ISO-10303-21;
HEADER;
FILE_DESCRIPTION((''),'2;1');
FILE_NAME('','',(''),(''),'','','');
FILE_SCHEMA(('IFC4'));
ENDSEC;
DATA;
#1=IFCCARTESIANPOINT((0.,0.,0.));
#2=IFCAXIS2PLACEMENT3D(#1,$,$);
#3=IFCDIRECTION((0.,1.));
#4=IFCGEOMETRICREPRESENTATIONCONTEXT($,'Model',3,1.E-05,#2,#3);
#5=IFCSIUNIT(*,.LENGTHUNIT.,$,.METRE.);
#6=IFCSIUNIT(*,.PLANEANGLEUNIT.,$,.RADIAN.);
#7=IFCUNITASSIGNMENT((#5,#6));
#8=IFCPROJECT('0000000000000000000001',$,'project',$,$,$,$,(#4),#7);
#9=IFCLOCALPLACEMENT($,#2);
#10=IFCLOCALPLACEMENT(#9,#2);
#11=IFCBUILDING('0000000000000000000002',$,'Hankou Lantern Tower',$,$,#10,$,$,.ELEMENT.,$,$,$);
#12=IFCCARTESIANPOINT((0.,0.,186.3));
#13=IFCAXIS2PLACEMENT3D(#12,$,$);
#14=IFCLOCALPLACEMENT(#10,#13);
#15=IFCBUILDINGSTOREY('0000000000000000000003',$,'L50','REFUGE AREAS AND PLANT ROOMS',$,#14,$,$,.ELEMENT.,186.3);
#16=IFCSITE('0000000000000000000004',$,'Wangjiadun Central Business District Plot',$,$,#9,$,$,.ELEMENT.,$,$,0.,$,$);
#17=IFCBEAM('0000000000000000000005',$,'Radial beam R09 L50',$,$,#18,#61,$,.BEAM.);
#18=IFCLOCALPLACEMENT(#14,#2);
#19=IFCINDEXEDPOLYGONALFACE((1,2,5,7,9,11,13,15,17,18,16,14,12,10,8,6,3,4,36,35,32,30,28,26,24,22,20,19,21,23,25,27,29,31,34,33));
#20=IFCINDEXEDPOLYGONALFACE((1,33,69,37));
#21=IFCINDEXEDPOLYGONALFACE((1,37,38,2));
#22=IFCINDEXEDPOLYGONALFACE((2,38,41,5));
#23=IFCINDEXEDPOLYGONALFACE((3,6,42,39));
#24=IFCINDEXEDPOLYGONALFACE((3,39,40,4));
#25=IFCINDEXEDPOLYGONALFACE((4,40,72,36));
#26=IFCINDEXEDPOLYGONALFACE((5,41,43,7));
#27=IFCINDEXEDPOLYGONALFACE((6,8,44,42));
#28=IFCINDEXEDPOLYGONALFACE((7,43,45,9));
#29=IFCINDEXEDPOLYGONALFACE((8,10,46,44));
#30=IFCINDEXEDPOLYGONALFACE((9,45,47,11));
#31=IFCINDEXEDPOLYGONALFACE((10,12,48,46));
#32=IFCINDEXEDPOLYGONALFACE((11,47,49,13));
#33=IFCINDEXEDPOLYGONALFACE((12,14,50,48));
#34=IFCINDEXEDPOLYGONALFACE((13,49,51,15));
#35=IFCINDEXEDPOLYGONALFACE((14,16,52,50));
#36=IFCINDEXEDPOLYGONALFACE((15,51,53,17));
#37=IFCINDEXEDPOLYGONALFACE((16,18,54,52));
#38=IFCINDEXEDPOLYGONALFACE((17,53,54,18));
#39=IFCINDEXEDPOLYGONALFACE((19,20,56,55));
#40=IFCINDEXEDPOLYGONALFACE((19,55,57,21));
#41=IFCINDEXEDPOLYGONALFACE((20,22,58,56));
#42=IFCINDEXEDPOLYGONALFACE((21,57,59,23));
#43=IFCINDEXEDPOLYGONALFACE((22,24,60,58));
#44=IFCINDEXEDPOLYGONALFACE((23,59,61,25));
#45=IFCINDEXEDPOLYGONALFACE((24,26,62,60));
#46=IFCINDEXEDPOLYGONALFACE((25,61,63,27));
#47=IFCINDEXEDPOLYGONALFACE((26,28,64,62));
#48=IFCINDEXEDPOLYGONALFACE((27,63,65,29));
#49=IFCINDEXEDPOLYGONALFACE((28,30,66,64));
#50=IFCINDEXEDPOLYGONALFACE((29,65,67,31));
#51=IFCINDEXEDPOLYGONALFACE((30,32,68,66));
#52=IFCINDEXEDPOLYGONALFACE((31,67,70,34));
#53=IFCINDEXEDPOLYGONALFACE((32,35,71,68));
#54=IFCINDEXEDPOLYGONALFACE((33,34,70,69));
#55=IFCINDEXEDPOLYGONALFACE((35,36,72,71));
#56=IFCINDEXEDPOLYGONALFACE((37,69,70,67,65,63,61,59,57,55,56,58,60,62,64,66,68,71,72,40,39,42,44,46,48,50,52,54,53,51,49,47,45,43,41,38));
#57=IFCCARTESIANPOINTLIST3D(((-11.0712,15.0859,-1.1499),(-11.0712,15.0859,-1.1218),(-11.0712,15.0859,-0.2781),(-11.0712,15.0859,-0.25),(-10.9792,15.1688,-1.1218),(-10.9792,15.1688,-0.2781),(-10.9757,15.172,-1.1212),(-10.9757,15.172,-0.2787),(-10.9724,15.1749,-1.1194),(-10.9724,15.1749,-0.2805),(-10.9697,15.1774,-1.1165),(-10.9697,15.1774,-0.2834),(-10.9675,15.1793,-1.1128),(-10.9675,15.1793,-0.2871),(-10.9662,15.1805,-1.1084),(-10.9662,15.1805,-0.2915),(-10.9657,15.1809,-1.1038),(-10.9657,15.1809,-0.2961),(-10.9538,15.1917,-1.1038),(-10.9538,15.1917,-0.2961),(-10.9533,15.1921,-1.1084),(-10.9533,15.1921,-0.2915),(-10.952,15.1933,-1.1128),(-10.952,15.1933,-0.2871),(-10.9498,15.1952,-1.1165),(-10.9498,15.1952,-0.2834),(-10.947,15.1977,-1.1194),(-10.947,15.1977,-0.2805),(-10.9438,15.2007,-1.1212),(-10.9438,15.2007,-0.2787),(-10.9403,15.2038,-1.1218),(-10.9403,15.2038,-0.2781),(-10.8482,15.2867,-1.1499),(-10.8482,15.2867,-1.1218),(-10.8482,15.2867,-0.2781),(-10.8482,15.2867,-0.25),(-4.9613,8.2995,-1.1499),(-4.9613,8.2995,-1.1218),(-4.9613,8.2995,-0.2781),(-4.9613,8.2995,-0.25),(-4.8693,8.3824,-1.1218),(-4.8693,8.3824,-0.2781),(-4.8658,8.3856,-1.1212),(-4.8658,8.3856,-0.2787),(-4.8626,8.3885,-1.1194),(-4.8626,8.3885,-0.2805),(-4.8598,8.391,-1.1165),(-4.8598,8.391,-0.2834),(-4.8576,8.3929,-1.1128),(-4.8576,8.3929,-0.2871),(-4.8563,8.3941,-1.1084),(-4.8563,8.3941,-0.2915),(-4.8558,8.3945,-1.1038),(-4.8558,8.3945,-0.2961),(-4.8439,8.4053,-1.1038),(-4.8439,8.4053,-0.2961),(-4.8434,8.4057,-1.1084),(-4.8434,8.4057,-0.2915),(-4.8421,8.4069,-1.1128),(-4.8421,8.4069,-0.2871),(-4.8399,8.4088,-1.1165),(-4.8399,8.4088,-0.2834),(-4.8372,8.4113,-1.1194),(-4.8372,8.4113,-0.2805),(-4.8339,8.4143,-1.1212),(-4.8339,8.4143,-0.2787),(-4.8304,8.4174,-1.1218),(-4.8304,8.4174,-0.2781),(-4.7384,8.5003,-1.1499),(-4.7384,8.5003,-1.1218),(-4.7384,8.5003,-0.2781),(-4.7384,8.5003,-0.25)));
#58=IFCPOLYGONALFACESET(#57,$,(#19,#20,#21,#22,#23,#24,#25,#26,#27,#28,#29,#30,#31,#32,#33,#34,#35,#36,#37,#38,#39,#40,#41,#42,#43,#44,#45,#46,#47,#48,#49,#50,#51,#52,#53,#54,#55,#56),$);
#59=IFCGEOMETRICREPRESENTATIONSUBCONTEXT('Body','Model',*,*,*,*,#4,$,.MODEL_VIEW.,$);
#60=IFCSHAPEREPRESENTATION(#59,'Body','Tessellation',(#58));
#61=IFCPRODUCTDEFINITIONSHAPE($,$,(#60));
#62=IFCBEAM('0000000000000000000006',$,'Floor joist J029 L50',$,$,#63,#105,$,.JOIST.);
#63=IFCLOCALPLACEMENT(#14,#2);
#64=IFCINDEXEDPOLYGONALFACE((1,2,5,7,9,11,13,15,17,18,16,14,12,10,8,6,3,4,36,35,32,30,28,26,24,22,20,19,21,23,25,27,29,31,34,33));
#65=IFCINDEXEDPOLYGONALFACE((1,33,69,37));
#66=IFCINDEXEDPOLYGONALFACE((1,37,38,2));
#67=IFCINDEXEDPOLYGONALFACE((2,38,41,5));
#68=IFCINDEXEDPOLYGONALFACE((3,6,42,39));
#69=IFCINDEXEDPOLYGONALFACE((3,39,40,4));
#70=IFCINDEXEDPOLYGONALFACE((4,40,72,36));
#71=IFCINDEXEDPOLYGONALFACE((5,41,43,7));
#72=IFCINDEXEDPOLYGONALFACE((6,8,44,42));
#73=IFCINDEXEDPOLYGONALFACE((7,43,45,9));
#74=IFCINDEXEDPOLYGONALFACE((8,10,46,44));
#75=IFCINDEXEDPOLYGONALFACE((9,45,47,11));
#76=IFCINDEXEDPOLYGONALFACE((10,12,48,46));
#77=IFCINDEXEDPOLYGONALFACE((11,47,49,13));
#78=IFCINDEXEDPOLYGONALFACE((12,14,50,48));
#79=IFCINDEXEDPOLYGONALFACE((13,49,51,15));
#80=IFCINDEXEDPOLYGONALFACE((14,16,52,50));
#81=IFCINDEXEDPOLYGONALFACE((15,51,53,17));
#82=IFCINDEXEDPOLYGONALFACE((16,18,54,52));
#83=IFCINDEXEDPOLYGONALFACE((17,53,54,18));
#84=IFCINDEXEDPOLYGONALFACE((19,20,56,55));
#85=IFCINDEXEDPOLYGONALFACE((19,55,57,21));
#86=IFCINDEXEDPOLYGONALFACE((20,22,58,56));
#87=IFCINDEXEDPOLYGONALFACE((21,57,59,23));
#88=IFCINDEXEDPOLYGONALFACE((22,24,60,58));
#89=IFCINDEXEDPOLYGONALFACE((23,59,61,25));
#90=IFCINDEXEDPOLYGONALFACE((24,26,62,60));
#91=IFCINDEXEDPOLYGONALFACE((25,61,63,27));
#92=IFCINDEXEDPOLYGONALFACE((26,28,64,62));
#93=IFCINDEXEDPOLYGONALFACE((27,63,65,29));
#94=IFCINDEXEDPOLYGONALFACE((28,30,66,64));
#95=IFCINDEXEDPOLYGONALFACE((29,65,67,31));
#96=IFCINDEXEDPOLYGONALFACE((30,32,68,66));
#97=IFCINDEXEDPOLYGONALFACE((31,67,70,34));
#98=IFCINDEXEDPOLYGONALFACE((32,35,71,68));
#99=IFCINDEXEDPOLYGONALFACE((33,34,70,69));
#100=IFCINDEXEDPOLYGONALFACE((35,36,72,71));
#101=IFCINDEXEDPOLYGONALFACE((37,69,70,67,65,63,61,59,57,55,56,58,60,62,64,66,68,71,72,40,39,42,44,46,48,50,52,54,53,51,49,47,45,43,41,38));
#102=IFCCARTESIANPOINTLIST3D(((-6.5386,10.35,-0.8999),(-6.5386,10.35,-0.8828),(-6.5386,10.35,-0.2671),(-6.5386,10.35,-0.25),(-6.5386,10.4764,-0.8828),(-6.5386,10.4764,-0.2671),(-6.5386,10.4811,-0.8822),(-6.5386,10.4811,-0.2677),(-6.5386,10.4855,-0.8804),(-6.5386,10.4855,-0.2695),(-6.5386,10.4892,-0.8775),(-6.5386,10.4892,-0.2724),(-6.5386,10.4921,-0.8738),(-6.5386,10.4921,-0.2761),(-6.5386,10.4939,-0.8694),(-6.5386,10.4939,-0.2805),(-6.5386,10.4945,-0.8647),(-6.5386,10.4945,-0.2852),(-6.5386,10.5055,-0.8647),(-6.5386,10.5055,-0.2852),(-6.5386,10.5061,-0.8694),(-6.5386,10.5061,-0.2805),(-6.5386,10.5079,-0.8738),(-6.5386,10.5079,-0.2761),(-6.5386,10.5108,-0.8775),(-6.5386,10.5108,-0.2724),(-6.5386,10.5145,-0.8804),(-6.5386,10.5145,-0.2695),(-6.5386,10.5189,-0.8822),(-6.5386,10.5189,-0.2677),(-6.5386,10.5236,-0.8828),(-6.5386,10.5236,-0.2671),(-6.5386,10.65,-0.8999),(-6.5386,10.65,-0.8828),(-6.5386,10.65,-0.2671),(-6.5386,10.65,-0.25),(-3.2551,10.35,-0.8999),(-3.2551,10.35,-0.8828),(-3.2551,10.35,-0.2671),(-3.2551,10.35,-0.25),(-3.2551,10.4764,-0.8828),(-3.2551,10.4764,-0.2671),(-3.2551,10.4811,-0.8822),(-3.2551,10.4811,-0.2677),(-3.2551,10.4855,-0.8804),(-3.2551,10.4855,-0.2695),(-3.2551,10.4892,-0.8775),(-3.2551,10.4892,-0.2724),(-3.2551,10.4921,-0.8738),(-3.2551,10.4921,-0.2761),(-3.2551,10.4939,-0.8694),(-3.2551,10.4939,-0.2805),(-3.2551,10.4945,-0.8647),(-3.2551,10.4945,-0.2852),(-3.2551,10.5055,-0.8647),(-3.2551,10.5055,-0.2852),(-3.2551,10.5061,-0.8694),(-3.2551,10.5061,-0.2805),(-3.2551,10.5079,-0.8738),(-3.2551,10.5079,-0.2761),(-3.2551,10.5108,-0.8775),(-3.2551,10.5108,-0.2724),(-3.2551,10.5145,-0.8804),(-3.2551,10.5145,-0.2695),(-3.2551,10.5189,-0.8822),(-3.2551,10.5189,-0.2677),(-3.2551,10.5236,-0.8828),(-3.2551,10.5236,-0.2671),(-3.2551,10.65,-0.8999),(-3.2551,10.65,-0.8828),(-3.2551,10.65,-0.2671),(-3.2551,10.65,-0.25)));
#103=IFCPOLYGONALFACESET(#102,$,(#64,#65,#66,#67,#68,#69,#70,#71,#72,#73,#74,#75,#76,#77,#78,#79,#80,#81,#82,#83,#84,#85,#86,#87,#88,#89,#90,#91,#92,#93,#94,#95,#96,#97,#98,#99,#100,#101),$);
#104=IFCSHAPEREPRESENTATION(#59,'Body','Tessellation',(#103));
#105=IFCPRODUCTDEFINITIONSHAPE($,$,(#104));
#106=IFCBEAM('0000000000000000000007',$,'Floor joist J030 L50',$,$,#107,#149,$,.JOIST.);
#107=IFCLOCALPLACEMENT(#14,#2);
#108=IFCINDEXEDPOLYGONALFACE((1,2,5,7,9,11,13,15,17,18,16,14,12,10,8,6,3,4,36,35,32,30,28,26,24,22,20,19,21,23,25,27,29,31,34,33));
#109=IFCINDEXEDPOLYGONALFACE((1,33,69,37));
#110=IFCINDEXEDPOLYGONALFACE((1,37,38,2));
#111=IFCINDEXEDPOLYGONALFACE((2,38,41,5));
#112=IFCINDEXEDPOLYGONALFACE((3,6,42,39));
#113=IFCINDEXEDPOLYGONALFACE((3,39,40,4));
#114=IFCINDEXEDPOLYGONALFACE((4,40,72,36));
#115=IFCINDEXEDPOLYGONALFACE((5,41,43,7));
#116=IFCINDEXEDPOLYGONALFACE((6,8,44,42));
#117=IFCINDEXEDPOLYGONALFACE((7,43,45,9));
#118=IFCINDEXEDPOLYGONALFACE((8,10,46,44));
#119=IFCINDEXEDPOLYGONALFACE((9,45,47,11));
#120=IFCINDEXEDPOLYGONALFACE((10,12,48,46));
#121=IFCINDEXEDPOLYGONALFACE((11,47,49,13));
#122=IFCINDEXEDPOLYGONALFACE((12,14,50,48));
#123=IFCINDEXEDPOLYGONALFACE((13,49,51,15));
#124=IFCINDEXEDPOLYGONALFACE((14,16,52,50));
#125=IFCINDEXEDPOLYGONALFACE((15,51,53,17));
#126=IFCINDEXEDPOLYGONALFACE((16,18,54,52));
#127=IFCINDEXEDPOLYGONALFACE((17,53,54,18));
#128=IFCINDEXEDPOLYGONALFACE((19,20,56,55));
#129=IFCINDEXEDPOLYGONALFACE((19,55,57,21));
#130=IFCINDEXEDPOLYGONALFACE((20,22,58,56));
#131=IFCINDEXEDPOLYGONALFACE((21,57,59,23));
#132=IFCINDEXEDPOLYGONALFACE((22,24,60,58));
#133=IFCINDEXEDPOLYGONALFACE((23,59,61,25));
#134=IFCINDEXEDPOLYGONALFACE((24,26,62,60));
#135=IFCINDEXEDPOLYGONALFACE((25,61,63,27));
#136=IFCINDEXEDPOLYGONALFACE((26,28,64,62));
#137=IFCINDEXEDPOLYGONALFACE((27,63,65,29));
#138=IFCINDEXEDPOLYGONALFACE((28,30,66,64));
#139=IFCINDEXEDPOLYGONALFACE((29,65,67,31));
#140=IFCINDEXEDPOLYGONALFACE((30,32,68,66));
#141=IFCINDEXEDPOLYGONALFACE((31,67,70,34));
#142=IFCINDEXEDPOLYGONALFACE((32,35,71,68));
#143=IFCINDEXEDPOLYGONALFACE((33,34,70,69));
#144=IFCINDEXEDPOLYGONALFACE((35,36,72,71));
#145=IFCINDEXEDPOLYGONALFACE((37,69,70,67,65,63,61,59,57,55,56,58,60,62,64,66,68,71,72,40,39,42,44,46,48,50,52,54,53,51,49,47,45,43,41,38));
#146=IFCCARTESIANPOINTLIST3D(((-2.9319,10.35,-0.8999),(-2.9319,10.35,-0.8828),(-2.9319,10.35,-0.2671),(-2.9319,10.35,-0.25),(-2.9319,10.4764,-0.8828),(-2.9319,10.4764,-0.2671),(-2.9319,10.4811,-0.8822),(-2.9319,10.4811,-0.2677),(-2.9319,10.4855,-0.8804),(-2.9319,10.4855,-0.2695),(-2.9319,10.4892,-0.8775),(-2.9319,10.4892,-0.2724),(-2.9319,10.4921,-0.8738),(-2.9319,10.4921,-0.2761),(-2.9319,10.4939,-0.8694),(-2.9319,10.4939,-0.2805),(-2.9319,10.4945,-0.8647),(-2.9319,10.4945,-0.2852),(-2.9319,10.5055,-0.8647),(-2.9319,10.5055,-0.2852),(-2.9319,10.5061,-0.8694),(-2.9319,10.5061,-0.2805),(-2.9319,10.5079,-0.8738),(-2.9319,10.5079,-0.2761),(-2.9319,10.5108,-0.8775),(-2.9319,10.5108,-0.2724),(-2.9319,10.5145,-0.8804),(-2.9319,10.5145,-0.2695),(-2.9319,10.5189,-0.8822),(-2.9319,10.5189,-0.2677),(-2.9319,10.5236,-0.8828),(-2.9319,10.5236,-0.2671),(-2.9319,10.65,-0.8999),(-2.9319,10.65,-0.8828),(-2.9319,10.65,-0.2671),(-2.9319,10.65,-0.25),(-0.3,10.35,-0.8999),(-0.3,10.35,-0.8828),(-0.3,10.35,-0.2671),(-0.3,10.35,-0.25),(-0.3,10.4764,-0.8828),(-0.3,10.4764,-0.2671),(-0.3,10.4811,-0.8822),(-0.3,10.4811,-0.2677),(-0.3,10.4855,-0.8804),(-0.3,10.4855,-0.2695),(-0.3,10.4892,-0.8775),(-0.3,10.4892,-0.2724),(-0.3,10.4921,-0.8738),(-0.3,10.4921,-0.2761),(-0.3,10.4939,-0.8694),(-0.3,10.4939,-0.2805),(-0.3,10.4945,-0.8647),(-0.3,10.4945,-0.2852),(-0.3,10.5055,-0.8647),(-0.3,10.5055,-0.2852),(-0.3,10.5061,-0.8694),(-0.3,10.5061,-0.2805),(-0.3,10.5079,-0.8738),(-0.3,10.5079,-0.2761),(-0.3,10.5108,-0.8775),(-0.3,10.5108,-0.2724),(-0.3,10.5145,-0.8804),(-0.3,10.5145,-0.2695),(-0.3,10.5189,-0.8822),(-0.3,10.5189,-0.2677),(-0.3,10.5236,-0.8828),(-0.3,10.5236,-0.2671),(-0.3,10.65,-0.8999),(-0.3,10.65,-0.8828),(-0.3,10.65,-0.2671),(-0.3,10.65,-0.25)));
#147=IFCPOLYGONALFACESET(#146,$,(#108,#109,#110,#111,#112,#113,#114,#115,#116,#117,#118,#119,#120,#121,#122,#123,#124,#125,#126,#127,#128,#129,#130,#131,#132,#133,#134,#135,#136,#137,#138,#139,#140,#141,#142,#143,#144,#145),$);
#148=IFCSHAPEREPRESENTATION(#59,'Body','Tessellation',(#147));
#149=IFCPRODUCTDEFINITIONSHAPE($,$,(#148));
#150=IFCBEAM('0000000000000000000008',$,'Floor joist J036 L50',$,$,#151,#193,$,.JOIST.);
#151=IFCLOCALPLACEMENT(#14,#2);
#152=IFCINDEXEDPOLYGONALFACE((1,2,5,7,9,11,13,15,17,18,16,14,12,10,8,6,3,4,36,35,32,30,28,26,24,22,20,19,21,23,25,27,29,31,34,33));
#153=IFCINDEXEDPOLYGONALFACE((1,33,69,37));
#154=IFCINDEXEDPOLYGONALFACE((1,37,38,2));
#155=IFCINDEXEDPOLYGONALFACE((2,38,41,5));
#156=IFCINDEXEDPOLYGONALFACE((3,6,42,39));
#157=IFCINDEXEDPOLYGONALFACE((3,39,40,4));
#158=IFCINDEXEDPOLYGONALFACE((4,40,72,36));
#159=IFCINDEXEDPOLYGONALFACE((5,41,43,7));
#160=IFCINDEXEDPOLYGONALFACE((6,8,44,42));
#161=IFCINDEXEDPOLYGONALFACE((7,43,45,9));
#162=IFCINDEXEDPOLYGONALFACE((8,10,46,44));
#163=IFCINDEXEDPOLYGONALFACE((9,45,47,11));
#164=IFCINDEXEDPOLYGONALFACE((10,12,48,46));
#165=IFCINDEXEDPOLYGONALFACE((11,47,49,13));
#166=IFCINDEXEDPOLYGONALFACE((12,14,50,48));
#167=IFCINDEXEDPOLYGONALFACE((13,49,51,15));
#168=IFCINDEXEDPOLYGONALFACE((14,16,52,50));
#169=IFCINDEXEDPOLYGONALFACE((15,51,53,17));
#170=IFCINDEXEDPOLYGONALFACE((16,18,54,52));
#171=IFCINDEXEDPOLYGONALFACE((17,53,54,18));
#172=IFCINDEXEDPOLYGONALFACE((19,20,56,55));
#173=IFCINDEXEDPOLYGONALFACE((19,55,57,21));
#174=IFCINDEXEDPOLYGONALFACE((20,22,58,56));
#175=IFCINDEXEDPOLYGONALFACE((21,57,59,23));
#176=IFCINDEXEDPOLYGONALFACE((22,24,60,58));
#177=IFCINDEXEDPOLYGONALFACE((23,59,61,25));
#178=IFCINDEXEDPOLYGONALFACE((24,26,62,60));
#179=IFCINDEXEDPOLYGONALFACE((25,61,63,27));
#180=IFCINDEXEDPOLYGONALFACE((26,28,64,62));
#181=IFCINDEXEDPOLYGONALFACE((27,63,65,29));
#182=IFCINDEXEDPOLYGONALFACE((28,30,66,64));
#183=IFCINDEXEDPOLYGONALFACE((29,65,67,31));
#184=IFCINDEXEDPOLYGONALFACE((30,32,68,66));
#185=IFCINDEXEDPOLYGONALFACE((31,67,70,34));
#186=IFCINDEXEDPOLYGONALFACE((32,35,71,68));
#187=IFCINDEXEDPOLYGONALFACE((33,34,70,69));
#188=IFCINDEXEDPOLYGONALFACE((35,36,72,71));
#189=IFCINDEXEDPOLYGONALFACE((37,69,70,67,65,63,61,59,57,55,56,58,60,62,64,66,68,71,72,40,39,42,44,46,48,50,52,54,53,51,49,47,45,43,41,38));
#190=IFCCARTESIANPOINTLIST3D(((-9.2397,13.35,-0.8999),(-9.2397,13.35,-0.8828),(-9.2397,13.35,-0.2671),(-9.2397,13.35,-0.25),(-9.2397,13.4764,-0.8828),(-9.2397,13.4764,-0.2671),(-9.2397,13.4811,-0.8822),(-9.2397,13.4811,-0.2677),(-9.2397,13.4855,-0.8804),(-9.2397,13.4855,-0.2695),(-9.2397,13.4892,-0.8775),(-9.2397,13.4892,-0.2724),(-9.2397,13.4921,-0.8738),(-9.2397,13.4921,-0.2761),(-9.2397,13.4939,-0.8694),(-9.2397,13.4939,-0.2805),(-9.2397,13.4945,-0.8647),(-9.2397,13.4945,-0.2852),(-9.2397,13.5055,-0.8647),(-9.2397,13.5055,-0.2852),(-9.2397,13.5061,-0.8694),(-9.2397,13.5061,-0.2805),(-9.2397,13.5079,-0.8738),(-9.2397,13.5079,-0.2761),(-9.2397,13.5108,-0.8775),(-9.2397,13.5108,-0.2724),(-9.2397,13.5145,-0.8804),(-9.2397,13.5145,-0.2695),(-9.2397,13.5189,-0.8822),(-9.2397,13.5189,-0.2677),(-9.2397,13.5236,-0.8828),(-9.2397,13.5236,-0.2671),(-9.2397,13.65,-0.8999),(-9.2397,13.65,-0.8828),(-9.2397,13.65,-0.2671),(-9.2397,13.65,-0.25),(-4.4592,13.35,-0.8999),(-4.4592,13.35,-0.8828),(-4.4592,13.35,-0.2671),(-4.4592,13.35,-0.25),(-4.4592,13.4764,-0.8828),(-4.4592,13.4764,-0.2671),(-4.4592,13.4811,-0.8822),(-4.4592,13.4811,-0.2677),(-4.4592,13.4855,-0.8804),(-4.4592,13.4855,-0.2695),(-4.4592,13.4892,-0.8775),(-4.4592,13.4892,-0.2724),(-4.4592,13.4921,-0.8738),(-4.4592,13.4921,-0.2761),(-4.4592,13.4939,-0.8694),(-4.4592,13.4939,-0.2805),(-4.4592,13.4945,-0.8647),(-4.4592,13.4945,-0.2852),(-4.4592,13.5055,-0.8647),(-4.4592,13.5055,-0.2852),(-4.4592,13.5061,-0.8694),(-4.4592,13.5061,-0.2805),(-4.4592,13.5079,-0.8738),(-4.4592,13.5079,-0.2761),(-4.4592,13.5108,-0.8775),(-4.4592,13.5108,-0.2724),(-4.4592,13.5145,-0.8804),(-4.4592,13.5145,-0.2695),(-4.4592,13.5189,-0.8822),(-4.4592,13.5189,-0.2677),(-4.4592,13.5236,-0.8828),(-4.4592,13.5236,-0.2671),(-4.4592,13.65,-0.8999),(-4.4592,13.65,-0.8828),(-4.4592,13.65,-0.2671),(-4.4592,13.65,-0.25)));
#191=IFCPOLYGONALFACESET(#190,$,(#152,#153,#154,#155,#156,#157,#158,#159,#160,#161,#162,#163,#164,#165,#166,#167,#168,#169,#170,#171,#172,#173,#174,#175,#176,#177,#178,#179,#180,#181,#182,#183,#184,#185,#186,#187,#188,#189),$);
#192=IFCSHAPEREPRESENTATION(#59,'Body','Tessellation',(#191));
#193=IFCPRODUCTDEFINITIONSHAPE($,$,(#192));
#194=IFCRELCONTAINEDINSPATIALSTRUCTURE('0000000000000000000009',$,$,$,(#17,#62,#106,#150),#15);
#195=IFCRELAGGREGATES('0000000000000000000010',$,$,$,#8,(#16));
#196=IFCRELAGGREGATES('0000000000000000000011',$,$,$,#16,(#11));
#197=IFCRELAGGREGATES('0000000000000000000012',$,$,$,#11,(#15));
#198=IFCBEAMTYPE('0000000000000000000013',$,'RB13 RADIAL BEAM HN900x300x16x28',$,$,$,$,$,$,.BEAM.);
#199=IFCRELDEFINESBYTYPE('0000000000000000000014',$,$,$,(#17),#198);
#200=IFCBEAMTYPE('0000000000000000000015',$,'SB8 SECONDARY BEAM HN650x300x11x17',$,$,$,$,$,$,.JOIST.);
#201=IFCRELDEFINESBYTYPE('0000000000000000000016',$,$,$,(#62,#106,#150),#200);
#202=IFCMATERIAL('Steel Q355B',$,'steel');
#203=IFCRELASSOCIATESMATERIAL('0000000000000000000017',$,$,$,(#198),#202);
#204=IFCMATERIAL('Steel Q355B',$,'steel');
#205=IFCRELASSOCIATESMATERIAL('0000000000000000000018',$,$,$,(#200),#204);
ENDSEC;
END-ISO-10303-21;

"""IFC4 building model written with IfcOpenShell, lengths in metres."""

from ifc_helpers import new_model, si_unit, direction, frame, origin, origin_2d, place, context, subcontext, project, spatial, i_section, extrude, material, material_profile, profile_set, type_object, element, save


model = new_model("IFC4")

# Units and contexts
model_context = context("Model", 3, precision=1e-05, world=origin(), true_north=direction((0.0, 1.0)))
body_context = subcontext(model_context, "Body", "Model", "MODEL_VIEW")
ifc_project = project(units=[si_unit("LENGTHUNIT", "METRE"), si_unit("PLANEANGLEUNIT", "RADIAN")], contexts=[model_context])

# Site, building, storey
site_placement = place(None, origin())
site = spatial("IfcSite", under=ifc_project, at=site_placement, Name="Wangjiadun Central Business District Plot", CompositionType="ELEMENT", RefElevation=0.0)
building_placement = place(site_placement, origin())
building = spatial("IfcBuilding", under=site, at=building_placement, Name="Hankou Lantern Tower", CompositionType="ELEMENT")
storey_placement = place(building_placement, frame((0.0, 0.0, 186.3)))
storey = spatial("IfcBuildingStorey", under=building, at=storey_placement, Name="L50", Description="REFUGE AREAS AND PLANT ROOMS", CompositionType="ELEMENT", Elevation=186.3)

# Beams
ifc_material_1 = material(Name="Steel Q355B", Category="steel")
ifc_material_profile_1 = material_profile(ifc_material_1, i_section(OverallWidth=0.3, OverallDepth=0.8999, WebThickness=0.0161, FlangeThickness=0.0281, FilletRadius=0.0181, at=origin_2d()), Name="HN900x300x16x28")
ifc_profile_set_1 = profile_set([ifc_material_profile_1], Name="Steel Q355B")
beam_type_1 = type_object("IfcBeamType", Name="RB13 RADIAL BEAM HN900x300x16x28", PredefinedType="BEAM", material=ifc_profile_set_1)
beam_1_placement = place(storey_placement, frame((-4.8499, 8.3999, -0.7), z_axis=(-0.669093, 0.743178, 0.0), x_axis=(-0.743178, -0.669093, 0.0)))
element("IfcBeam", 1, at=beam_1_placement, inside=storey, type_object=beam_type_1, Name="Radial beam R09 L50", PredefinedType="BEAM", context=body_context, shape_type="SweptSolid", body=[
    extrude(i_section(OverallWidth=0.3, OverallDepth=0.8999, WebThickness=0.0161, FlangeThickness=0.0281, FilletRadius=0.0181, at=origin_2d()), origin(), (0.0, 0.0, 1.0), 9.1316),
])
ifc_material_2 = material(Name="Steel Q355B", Category="steel")
ifc_material_profile_2 = material_profile(ifc_material_2, i_section(OverallWidth=0.3, OverallDepth=0.6499, WebThickness=0.011, FlangeThickness=0.0171, FilletRadius=0.0181, at=origin_2d()), Name="HN650x300x11x17")
ifc_profile_set_2 = profile_set([ifc_material_profile_2], Name="Steel Q355B")
beam_type_2 = type_object("IfcBeamType", Name="SB8 SECONDARY BEAM HN650x300x11x17", PredefinedType="JOIST", material=ifc_profile_set_2)
beam_2_placement = place(storey_placement, frame((-6.5386, 10.5, -0.575), z_axis=(1.0, 0.0, 0.0), x_axis=(0.0, 1.0, 0.0)))
element("IfcBeam", 2, at=beam_2_placement, inside=storey, type_object=beam_type_2, Name="Floor joist J029 L50", PredefinedType="JOIST", context=body_context, shape_type="SweptSolid", body=[
    extrude(i_section(OverallWidth=0.3, OverallDepth=0.6499, WebThickness=0.011, FlangeThickness=0.0171, FilletRadius=0.0181, at=origin_2d()), origin(), (0.0, 0.0, 1.0), 3.2834),
])
beam_3_placement = place(storey_placement, frame((-2.9319, 10.5, -0.575), z_axis=(1.0, 0.0, 0.0), x_axis=(0.0, 1.0, 0.0)))
element("IfcBeam", 3, at=beam_3_placement, inside=storey, type_object=beam_type_2, Name="Floor joist J030 L50", PredefinedType="JOIST", context=body_context, shape_type="SweptSolid", body=[
    extrude(i_section(OverallWidth=0.3, OverallDepth=0.6499, WebThickness=0.011, FlangeThickness=0.0171, FilletRadius=0.0181, at=origin_2d()), origin(), (0.0, 0.0, 1.0), 2.6318),
])
beam_4_placement = place(storey_placement, frame((-9.2397, 13.5, -0.575), z_axis=(1.0, 0.0, 0.0), x_axis=(0.0, 1.0, 0.0)))
element("IfcBeam", 4, at=beam_4_placement, inside=storey, type_object=beam_type_2, Name="Floor joist J036 L50", PredefinedType="JOIST", context=body_context, shape_type="SweptSolid", body=[
    extrude(i_section(OverallWidth=0.3, OverallDepth=0.6499, WebThickness=0.011, FlangeThickness=0.0171, FilletRadius=0.0181, at=origin_2d()), origin(), (0.0, 0.0, 1.0), 4.7805),
])

save(model, "model.ifc")
